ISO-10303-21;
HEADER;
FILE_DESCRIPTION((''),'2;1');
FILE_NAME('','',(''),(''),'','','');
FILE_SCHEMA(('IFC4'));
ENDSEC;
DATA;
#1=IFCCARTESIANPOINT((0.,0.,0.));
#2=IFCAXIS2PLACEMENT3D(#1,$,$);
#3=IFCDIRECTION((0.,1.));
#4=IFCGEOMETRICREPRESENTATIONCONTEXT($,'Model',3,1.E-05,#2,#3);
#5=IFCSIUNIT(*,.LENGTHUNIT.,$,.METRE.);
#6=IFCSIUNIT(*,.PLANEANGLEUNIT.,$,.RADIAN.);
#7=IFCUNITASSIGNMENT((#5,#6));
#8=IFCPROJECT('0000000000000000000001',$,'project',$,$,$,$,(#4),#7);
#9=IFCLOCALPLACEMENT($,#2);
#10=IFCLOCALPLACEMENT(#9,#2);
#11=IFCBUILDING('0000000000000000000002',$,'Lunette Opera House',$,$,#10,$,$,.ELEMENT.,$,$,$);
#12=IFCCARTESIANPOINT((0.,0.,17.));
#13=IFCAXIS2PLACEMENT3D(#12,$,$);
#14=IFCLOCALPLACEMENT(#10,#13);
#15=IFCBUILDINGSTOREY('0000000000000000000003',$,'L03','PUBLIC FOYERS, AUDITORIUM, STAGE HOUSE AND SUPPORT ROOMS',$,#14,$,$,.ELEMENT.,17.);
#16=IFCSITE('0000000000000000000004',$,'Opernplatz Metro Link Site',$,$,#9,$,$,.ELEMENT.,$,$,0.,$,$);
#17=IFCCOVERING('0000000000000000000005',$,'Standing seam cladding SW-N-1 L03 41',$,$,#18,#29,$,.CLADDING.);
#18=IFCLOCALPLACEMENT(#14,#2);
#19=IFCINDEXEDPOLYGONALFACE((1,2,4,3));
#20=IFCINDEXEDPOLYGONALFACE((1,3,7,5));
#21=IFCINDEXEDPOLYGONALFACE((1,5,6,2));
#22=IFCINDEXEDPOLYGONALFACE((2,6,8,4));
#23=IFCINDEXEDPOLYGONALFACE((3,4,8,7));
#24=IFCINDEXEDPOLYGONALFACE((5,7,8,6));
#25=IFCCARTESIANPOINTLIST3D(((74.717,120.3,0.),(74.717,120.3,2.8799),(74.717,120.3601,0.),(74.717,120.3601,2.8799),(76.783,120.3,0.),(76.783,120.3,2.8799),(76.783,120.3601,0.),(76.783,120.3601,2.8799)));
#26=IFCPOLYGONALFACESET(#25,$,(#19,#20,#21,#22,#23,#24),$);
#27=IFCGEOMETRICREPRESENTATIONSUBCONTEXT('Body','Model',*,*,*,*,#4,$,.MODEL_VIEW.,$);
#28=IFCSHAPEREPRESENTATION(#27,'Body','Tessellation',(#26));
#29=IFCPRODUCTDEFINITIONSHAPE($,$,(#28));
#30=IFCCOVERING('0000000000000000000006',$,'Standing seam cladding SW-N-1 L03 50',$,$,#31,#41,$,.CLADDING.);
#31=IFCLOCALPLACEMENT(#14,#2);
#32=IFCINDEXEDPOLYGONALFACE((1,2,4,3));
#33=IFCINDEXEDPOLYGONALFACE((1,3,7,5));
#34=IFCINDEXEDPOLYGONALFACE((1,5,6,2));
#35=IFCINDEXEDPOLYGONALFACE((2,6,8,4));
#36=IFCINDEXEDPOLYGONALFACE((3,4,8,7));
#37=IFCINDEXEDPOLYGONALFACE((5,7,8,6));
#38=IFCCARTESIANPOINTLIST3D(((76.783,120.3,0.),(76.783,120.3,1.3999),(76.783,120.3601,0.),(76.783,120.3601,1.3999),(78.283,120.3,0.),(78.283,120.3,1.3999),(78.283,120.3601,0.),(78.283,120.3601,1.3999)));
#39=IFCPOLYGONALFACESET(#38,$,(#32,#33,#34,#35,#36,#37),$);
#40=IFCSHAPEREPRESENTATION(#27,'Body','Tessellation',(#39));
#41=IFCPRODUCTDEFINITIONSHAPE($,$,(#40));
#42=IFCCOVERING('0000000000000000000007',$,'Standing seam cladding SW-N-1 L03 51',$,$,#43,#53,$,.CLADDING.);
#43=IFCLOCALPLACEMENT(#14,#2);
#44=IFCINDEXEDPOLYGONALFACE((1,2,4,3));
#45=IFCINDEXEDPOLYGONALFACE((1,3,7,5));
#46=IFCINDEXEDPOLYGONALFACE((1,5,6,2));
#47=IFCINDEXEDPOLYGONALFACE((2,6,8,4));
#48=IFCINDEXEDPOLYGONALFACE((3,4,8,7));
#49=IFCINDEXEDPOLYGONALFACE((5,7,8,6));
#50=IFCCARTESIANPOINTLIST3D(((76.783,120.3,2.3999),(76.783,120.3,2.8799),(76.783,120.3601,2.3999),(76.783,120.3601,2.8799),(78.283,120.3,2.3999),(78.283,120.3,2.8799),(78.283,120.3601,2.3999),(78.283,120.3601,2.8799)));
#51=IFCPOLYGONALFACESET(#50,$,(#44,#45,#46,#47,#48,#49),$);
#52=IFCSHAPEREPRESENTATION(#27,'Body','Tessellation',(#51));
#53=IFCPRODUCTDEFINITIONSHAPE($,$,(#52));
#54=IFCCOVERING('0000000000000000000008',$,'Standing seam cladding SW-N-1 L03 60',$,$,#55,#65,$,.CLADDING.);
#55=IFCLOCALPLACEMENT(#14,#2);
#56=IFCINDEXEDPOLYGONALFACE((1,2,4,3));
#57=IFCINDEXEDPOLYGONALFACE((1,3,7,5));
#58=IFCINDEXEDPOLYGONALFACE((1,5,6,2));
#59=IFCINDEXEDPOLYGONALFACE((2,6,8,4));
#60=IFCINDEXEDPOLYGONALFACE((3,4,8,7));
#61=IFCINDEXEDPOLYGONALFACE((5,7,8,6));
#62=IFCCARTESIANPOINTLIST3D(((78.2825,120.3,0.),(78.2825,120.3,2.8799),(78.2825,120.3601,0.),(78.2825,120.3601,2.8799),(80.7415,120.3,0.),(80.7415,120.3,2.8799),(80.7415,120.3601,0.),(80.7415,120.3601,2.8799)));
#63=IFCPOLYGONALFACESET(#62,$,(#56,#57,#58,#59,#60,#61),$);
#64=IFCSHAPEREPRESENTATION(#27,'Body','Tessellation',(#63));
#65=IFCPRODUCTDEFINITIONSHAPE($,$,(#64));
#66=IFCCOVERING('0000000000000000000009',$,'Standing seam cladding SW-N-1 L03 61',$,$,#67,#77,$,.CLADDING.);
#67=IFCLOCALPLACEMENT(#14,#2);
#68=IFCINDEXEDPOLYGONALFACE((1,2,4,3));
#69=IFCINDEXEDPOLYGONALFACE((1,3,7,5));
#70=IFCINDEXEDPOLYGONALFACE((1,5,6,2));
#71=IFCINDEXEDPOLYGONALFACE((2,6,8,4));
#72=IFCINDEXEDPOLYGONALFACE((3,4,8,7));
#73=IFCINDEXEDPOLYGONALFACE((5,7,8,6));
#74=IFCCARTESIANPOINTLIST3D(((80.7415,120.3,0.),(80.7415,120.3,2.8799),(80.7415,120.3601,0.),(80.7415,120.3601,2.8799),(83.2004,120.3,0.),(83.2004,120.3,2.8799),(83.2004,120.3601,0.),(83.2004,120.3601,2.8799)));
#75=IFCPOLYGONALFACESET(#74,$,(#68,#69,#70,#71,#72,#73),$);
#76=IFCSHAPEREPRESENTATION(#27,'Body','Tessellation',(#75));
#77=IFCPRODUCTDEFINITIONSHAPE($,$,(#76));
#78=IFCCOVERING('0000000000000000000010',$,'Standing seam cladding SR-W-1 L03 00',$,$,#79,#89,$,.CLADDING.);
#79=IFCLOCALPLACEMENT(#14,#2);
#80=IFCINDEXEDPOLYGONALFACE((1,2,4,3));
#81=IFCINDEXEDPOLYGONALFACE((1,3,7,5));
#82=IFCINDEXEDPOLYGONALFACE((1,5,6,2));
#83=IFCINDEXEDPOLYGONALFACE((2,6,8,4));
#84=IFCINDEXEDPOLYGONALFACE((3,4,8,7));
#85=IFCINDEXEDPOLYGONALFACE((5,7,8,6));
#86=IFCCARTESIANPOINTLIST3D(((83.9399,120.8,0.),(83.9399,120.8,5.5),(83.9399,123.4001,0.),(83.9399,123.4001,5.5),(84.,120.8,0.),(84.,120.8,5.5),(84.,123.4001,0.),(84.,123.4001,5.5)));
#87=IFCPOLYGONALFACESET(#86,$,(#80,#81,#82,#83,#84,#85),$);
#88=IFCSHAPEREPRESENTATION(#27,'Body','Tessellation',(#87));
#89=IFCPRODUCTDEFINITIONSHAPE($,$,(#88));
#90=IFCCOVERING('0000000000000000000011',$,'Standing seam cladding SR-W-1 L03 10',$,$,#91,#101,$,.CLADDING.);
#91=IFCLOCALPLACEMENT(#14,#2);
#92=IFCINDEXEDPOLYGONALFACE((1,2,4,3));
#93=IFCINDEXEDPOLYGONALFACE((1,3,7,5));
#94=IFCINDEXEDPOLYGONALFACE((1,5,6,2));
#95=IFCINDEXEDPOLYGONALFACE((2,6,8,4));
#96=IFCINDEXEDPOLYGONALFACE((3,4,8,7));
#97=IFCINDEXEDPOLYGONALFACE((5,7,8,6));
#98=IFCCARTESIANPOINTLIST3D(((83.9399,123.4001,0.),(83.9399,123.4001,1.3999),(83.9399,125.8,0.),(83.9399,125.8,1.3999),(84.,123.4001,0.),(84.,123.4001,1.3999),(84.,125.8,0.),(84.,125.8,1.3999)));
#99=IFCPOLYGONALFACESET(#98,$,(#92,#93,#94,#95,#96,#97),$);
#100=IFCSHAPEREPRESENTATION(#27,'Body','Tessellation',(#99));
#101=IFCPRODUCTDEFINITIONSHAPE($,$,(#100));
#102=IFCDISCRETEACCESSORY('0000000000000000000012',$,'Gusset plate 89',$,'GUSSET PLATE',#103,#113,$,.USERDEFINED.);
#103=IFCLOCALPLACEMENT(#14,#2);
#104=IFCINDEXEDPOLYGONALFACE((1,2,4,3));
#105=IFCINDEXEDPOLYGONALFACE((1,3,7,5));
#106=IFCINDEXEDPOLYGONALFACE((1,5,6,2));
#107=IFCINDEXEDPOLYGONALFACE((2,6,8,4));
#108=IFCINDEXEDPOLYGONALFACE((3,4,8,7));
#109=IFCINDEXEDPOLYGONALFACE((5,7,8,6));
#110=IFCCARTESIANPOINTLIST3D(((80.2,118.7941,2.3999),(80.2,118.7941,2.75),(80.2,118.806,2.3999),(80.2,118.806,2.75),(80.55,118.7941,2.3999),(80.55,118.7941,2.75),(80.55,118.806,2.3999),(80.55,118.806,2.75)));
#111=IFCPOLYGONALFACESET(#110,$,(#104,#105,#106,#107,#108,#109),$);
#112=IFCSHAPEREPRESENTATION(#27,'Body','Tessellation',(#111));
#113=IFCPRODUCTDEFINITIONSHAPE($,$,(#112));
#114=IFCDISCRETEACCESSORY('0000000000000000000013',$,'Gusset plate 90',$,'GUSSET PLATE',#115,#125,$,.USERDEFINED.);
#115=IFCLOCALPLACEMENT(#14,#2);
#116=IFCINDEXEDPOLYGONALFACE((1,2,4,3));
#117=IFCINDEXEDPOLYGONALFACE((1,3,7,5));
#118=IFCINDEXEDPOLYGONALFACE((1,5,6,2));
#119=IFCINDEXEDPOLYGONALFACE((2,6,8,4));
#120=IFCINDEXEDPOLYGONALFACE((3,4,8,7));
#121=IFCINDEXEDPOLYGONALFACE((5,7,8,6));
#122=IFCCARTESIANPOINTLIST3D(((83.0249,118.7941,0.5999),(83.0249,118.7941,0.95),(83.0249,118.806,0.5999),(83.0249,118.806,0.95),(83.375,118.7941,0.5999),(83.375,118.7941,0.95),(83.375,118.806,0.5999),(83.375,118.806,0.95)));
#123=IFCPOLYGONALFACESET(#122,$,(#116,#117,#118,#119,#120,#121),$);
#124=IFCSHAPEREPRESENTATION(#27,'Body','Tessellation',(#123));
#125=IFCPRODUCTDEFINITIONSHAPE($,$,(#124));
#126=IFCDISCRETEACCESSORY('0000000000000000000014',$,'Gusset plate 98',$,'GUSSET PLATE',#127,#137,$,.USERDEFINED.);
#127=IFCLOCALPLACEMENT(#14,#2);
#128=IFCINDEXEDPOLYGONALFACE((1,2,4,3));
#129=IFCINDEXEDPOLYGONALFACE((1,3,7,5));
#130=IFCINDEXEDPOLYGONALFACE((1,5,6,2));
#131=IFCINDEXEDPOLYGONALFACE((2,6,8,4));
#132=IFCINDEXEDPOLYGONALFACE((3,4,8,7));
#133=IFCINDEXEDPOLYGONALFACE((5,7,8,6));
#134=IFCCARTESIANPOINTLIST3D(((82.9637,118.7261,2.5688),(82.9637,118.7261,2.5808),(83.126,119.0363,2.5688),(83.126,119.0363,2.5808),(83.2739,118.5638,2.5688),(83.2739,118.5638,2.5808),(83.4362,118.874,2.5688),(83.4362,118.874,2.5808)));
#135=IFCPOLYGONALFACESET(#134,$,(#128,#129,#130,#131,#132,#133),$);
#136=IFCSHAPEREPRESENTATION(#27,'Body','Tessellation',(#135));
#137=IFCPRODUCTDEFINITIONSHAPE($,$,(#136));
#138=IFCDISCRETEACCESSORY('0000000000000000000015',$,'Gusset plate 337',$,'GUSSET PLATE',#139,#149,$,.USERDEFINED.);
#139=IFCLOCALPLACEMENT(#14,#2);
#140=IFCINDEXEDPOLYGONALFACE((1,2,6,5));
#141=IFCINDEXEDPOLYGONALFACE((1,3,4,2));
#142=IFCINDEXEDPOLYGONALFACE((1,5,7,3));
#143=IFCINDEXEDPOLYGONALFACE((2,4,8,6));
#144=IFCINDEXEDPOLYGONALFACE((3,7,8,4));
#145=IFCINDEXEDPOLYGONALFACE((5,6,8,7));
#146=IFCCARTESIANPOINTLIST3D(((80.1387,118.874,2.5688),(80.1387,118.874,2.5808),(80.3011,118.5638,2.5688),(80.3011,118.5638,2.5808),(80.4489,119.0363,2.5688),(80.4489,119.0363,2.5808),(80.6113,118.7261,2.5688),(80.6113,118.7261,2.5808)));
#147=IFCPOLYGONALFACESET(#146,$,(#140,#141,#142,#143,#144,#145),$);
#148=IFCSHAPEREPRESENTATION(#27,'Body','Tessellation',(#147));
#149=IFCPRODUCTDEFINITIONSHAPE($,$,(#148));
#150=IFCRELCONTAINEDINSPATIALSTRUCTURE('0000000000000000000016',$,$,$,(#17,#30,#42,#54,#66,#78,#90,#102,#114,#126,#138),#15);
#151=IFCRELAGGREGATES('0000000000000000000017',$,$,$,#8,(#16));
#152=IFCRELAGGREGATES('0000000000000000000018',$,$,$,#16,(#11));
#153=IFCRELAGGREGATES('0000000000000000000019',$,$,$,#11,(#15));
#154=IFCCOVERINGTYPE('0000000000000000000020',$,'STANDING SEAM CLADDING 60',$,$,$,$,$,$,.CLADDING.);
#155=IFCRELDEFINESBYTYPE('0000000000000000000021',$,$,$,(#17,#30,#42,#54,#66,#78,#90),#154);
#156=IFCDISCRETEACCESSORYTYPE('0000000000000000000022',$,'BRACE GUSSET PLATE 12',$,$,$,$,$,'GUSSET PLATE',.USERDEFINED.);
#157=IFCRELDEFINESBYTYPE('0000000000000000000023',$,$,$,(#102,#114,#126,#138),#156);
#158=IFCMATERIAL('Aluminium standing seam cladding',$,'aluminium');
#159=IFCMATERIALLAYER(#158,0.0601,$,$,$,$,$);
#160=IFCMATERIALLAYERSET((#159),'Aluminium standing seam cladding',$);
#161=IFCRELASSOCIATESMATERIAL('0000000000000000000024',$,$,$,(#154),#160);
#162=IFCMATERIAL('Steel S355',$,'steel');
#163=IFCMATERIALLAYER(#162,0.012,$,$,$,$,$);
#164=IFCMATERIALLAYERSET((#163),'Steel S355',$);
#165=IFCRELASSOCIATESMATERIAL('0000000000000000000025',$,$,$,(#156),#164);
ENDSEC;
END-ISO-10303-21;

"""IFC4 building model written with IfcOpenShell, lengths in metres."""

from ifc_helpers import new_model, si_unit, direction, frame, origin, origin_2d, place, context, subcontext, project, spatial, rectangle, extrude, material, layer, layer_set, type_object, element, save


model = new_model("IFC4")

# Units and contexts
model_context = context("Model", 3, precision=1e-05, world=origin(), true_north=direction((0.0, 1.0)))
body_context = subcontext(model_context, "Body", "Model", "MODEL_VIEW")
ifc_project = project(units=[si_unit("LENGTHUNIT", "METRE"), si_unit("PLANEANGLEUNIT", "RADIAN")], contexts=[model_context])

# Site, building, storey
site_placement = place(None, origin())
site = spatial("IfcSite", under=ifc_project, at=site_placement, Name="Opernplatz Metro Link Site", CompositionType="ELEMENT", RefElevation=0.0)
building_placement = place(site_placement, origin())
building = spatial("IfcBuilding", under=site, at=building_placement, Name="Lunette Opera House", CompositionType="ELEMENT")
storey_placement = place(building_placement, frame((0.0, 0.0, 17.0)))
storey = spatial("IfcBuildingStorey", under=building, at=storey_placement, Name="L03", Description="PUBLIC FOYERS, AUDITORIUM, STAGE HOUSE AND SUPPORT ROOMS", CompositionType="ELEMENT", Elevation=17.0)

# Coverings
ifc_material_1 = material(Name="Aluminium standing seam cladding", Category="aluminium")
ifc_layer_1 = layer(ifc_material_1, 0.0601)
ifc_layer_set_1 = layer_set([ifc_layer_1], Name="Aluminium standing seam cladding")
covering_type = type_object("IfcCoveringType", Name="STANDING SEAM CLADDING 60", PredefinedType="CLADDING", material=ifc_layer_set_1)
covering_1_placement = place(storey_placement, frame((75.75, 120.3301, 0.0), z_axis=(0.0, 0.0, 1.0), x_axis=(1.0, 0.0, 0.0)))
element("IfcCovering", 1, at=covering_1_placement, inside=storey, type_object=covering_type, Name="Standing seam cladding SW-N-1 L03 41", PredefinedType="CLADDING", context=body_context, shape_type="SweptSolid", body=[
    extrude(rectangle(XDim=2.0659, YDim=0.0601, at=origin_2d()), origin(), (0.0, 0.0, 1.0), 2.8799),
])
covering_2_placement = place(storey_placement, frame((77.533, 120.3301, 0.0), z_axis=(0.0, 0.0, 1.0), x_axis=(1.0, 0.0, 0.0)))
element("IfcCovering", 2, at=covering_2_placement, inside=storey, type_object=covering_type, Name="Standing seam cladding SW-N-1 L03 50", PredefinedType="CLADDING", context=body_context, shape_type="SweptSolid", body=[
    extrude(rectangle(XDim=1.5, YDim=0.0601, at=origin_2d()), origin(), (0.0, 0.0, 1.0), 1.3999),
])
covering_3_placement = place(storey_placement, frame((77.533, 120.3301, 2.3999), z_axis=(0.0, 0.0, 1.0), x_axis=(1.0, 0.0, 0.0)))
element("IfcCovering", 3, at=covering_3_placement, inside=storey, type_object=covering_type, Name="Standing seam cladding SW-N-1 L03 51", PredefinedType="CLADDING", context=body_context, shape_type="SweptSolid", body=[
    extrude(rectangle(XDim=1.5, YDim=0.0601, at=origin_2d()), origin(), (0.0, 0.0, 1.0), 0.48),
])
for number, where, z_axis, x_axis, name in (
    (4, (79.512, 120.3301, 0.0), (0.0, 0.0, 1.0), (1.0, 0.0, 0.0), "Standing seam cladding SW-N-1 L03 60"),
    (5, (81.9709, 120.3301, 0.0), (0.0, 0.0, 1.0), (1.0, 0.0, 0.0), "Standing seam cladding SW-N-1 L03 61"),
):
    element("IfcCovering", number, at=place(storey_placement, frame(where, z_axis=z_axis, x_axis=x_axis)), inside=storey, type_object=covering_type, Name=name, PredefinedType="CLADDING", context=body_context, shape_type="SweptSolid", body=[
        extrude(rectangle(XDim=2.459, YDim=0.0601, at=origin_2d()), origin(), (0.0, 0.0, 1.0), 2.8799),
    ])
covering_4_placement = place(storey_placement, frame((83.97, 122.1001, 0.0), z_axis=(0.0, 0.0, 1.0), x_axis=(0.0, 1.0, 0.0)))
element("IfcCovering", 6, at=covering_4_placement, inside=storey, type_object=covering_type, Name="Standing seam cladding SR-W-1 L03 00", PredefinedType="CLADDING", context=body_context, shape_type="SweptSolid", body=[
    extrude(rectangle(XDim=2.6001, YDim=0.0601, at=origin_2d()), origin(), (0.0, 0.0, 1.0), 5.5),
])
covering_5_placement = place(storey_placement, frame((83.97, 124.6001, 0.0), z_axis=(0.0, 0.0, 1.0), x_axis=(0.0, 1.0, 0.0)))
element("IfcCovering", 7, at=covering_5_placement, inside=storey, type_object=covering_type, Name="Standing seam cladding SR-W-1 L03 10", PredefinedType="CLADDING", context=body_context, shape_type="SweptSolid", body=[
    extrude(rectangle(XDim=2.3999, YDim=0.0601, at=origin_2d()), origin(), (0.0, 0.0, 1.0), 1.3999),
])

# Discrete accessories
ifc_material_2 = material(Name="Steel S355", Category="steel")
ifc_layer_2 = layer(ifc_material_2, 0.012)
ifc_layer_set_2 = layer_set([ifc_layer_2], Name="Steel S355")
discrete_accessory_type = type_object("IfcDiscreteAccessoryType", Name="BRACE GUSSET PLATE 12", ElementType="GUSSET PLATE", PredefinedType="USERDEFINED", material=ifc_layer_set_2)
for number, where, z_axis, x_axis, name in (
    (8, (80.375, 118.8, 2.3999), (0.0, 0.0, 1.0), (1.0, 0.0, 0.0), "Gusset plate 89"),
    (9, (83.2, 118.8, 0.5999), (0.0, 0.0, 1.0), (1.0, 0.0, 0.0), "Gusset plate 90"),
):
    element("IfcDiscreteAccessory", number, at=place(storey_placement, frame(where, z_axis=z_axis, x_axis=x_axis)), inside=storey, type_object=discrete_accessory_type, Name=name, ObjectType="GUSSET PLATE", PredefinedType="USERDEFINED", context=body_context, shape_type="SweptSolid", body=[
        extrude(rectangle(XDim=0.3501, YDim=0.012, at=origin_2d()), origin(), (0.0, 0.0, 1.0), 0.3501),
    ])
for number, where, z_axis, x_axis, name in (
    (10, (83.2, 118.8, 2.5688), (0.0, 0.0, 1.0), (0.463547, 0.886073, 0.0), "Gusset plate 98"),
    (11, (80.375, 118.8, 2.5688), (0.0, 0.0, 1.0), (-0.463676, 0.886005, 0.0), "Gusset plate 337"),
):
    element("IfcDiscreteAccessory", number, at=place(storey_placement, frame(where, z_axis=z_axis, x_axis=x_axis)), inside=storey, type_object=discrete_accessory_type, Name=name, ObjectType="GUSSET PLATE", PredefinedType="USERDEFINED", context=body_context, shape_type="SweptSolid", body=[
        extrude(rectangle(XDim=0.3501, YDim=0.3501, at=origin_2d()), origin(), (0.0, 0.0, 1.0), 0.012),
    ])

save(model, "model.ifc")
